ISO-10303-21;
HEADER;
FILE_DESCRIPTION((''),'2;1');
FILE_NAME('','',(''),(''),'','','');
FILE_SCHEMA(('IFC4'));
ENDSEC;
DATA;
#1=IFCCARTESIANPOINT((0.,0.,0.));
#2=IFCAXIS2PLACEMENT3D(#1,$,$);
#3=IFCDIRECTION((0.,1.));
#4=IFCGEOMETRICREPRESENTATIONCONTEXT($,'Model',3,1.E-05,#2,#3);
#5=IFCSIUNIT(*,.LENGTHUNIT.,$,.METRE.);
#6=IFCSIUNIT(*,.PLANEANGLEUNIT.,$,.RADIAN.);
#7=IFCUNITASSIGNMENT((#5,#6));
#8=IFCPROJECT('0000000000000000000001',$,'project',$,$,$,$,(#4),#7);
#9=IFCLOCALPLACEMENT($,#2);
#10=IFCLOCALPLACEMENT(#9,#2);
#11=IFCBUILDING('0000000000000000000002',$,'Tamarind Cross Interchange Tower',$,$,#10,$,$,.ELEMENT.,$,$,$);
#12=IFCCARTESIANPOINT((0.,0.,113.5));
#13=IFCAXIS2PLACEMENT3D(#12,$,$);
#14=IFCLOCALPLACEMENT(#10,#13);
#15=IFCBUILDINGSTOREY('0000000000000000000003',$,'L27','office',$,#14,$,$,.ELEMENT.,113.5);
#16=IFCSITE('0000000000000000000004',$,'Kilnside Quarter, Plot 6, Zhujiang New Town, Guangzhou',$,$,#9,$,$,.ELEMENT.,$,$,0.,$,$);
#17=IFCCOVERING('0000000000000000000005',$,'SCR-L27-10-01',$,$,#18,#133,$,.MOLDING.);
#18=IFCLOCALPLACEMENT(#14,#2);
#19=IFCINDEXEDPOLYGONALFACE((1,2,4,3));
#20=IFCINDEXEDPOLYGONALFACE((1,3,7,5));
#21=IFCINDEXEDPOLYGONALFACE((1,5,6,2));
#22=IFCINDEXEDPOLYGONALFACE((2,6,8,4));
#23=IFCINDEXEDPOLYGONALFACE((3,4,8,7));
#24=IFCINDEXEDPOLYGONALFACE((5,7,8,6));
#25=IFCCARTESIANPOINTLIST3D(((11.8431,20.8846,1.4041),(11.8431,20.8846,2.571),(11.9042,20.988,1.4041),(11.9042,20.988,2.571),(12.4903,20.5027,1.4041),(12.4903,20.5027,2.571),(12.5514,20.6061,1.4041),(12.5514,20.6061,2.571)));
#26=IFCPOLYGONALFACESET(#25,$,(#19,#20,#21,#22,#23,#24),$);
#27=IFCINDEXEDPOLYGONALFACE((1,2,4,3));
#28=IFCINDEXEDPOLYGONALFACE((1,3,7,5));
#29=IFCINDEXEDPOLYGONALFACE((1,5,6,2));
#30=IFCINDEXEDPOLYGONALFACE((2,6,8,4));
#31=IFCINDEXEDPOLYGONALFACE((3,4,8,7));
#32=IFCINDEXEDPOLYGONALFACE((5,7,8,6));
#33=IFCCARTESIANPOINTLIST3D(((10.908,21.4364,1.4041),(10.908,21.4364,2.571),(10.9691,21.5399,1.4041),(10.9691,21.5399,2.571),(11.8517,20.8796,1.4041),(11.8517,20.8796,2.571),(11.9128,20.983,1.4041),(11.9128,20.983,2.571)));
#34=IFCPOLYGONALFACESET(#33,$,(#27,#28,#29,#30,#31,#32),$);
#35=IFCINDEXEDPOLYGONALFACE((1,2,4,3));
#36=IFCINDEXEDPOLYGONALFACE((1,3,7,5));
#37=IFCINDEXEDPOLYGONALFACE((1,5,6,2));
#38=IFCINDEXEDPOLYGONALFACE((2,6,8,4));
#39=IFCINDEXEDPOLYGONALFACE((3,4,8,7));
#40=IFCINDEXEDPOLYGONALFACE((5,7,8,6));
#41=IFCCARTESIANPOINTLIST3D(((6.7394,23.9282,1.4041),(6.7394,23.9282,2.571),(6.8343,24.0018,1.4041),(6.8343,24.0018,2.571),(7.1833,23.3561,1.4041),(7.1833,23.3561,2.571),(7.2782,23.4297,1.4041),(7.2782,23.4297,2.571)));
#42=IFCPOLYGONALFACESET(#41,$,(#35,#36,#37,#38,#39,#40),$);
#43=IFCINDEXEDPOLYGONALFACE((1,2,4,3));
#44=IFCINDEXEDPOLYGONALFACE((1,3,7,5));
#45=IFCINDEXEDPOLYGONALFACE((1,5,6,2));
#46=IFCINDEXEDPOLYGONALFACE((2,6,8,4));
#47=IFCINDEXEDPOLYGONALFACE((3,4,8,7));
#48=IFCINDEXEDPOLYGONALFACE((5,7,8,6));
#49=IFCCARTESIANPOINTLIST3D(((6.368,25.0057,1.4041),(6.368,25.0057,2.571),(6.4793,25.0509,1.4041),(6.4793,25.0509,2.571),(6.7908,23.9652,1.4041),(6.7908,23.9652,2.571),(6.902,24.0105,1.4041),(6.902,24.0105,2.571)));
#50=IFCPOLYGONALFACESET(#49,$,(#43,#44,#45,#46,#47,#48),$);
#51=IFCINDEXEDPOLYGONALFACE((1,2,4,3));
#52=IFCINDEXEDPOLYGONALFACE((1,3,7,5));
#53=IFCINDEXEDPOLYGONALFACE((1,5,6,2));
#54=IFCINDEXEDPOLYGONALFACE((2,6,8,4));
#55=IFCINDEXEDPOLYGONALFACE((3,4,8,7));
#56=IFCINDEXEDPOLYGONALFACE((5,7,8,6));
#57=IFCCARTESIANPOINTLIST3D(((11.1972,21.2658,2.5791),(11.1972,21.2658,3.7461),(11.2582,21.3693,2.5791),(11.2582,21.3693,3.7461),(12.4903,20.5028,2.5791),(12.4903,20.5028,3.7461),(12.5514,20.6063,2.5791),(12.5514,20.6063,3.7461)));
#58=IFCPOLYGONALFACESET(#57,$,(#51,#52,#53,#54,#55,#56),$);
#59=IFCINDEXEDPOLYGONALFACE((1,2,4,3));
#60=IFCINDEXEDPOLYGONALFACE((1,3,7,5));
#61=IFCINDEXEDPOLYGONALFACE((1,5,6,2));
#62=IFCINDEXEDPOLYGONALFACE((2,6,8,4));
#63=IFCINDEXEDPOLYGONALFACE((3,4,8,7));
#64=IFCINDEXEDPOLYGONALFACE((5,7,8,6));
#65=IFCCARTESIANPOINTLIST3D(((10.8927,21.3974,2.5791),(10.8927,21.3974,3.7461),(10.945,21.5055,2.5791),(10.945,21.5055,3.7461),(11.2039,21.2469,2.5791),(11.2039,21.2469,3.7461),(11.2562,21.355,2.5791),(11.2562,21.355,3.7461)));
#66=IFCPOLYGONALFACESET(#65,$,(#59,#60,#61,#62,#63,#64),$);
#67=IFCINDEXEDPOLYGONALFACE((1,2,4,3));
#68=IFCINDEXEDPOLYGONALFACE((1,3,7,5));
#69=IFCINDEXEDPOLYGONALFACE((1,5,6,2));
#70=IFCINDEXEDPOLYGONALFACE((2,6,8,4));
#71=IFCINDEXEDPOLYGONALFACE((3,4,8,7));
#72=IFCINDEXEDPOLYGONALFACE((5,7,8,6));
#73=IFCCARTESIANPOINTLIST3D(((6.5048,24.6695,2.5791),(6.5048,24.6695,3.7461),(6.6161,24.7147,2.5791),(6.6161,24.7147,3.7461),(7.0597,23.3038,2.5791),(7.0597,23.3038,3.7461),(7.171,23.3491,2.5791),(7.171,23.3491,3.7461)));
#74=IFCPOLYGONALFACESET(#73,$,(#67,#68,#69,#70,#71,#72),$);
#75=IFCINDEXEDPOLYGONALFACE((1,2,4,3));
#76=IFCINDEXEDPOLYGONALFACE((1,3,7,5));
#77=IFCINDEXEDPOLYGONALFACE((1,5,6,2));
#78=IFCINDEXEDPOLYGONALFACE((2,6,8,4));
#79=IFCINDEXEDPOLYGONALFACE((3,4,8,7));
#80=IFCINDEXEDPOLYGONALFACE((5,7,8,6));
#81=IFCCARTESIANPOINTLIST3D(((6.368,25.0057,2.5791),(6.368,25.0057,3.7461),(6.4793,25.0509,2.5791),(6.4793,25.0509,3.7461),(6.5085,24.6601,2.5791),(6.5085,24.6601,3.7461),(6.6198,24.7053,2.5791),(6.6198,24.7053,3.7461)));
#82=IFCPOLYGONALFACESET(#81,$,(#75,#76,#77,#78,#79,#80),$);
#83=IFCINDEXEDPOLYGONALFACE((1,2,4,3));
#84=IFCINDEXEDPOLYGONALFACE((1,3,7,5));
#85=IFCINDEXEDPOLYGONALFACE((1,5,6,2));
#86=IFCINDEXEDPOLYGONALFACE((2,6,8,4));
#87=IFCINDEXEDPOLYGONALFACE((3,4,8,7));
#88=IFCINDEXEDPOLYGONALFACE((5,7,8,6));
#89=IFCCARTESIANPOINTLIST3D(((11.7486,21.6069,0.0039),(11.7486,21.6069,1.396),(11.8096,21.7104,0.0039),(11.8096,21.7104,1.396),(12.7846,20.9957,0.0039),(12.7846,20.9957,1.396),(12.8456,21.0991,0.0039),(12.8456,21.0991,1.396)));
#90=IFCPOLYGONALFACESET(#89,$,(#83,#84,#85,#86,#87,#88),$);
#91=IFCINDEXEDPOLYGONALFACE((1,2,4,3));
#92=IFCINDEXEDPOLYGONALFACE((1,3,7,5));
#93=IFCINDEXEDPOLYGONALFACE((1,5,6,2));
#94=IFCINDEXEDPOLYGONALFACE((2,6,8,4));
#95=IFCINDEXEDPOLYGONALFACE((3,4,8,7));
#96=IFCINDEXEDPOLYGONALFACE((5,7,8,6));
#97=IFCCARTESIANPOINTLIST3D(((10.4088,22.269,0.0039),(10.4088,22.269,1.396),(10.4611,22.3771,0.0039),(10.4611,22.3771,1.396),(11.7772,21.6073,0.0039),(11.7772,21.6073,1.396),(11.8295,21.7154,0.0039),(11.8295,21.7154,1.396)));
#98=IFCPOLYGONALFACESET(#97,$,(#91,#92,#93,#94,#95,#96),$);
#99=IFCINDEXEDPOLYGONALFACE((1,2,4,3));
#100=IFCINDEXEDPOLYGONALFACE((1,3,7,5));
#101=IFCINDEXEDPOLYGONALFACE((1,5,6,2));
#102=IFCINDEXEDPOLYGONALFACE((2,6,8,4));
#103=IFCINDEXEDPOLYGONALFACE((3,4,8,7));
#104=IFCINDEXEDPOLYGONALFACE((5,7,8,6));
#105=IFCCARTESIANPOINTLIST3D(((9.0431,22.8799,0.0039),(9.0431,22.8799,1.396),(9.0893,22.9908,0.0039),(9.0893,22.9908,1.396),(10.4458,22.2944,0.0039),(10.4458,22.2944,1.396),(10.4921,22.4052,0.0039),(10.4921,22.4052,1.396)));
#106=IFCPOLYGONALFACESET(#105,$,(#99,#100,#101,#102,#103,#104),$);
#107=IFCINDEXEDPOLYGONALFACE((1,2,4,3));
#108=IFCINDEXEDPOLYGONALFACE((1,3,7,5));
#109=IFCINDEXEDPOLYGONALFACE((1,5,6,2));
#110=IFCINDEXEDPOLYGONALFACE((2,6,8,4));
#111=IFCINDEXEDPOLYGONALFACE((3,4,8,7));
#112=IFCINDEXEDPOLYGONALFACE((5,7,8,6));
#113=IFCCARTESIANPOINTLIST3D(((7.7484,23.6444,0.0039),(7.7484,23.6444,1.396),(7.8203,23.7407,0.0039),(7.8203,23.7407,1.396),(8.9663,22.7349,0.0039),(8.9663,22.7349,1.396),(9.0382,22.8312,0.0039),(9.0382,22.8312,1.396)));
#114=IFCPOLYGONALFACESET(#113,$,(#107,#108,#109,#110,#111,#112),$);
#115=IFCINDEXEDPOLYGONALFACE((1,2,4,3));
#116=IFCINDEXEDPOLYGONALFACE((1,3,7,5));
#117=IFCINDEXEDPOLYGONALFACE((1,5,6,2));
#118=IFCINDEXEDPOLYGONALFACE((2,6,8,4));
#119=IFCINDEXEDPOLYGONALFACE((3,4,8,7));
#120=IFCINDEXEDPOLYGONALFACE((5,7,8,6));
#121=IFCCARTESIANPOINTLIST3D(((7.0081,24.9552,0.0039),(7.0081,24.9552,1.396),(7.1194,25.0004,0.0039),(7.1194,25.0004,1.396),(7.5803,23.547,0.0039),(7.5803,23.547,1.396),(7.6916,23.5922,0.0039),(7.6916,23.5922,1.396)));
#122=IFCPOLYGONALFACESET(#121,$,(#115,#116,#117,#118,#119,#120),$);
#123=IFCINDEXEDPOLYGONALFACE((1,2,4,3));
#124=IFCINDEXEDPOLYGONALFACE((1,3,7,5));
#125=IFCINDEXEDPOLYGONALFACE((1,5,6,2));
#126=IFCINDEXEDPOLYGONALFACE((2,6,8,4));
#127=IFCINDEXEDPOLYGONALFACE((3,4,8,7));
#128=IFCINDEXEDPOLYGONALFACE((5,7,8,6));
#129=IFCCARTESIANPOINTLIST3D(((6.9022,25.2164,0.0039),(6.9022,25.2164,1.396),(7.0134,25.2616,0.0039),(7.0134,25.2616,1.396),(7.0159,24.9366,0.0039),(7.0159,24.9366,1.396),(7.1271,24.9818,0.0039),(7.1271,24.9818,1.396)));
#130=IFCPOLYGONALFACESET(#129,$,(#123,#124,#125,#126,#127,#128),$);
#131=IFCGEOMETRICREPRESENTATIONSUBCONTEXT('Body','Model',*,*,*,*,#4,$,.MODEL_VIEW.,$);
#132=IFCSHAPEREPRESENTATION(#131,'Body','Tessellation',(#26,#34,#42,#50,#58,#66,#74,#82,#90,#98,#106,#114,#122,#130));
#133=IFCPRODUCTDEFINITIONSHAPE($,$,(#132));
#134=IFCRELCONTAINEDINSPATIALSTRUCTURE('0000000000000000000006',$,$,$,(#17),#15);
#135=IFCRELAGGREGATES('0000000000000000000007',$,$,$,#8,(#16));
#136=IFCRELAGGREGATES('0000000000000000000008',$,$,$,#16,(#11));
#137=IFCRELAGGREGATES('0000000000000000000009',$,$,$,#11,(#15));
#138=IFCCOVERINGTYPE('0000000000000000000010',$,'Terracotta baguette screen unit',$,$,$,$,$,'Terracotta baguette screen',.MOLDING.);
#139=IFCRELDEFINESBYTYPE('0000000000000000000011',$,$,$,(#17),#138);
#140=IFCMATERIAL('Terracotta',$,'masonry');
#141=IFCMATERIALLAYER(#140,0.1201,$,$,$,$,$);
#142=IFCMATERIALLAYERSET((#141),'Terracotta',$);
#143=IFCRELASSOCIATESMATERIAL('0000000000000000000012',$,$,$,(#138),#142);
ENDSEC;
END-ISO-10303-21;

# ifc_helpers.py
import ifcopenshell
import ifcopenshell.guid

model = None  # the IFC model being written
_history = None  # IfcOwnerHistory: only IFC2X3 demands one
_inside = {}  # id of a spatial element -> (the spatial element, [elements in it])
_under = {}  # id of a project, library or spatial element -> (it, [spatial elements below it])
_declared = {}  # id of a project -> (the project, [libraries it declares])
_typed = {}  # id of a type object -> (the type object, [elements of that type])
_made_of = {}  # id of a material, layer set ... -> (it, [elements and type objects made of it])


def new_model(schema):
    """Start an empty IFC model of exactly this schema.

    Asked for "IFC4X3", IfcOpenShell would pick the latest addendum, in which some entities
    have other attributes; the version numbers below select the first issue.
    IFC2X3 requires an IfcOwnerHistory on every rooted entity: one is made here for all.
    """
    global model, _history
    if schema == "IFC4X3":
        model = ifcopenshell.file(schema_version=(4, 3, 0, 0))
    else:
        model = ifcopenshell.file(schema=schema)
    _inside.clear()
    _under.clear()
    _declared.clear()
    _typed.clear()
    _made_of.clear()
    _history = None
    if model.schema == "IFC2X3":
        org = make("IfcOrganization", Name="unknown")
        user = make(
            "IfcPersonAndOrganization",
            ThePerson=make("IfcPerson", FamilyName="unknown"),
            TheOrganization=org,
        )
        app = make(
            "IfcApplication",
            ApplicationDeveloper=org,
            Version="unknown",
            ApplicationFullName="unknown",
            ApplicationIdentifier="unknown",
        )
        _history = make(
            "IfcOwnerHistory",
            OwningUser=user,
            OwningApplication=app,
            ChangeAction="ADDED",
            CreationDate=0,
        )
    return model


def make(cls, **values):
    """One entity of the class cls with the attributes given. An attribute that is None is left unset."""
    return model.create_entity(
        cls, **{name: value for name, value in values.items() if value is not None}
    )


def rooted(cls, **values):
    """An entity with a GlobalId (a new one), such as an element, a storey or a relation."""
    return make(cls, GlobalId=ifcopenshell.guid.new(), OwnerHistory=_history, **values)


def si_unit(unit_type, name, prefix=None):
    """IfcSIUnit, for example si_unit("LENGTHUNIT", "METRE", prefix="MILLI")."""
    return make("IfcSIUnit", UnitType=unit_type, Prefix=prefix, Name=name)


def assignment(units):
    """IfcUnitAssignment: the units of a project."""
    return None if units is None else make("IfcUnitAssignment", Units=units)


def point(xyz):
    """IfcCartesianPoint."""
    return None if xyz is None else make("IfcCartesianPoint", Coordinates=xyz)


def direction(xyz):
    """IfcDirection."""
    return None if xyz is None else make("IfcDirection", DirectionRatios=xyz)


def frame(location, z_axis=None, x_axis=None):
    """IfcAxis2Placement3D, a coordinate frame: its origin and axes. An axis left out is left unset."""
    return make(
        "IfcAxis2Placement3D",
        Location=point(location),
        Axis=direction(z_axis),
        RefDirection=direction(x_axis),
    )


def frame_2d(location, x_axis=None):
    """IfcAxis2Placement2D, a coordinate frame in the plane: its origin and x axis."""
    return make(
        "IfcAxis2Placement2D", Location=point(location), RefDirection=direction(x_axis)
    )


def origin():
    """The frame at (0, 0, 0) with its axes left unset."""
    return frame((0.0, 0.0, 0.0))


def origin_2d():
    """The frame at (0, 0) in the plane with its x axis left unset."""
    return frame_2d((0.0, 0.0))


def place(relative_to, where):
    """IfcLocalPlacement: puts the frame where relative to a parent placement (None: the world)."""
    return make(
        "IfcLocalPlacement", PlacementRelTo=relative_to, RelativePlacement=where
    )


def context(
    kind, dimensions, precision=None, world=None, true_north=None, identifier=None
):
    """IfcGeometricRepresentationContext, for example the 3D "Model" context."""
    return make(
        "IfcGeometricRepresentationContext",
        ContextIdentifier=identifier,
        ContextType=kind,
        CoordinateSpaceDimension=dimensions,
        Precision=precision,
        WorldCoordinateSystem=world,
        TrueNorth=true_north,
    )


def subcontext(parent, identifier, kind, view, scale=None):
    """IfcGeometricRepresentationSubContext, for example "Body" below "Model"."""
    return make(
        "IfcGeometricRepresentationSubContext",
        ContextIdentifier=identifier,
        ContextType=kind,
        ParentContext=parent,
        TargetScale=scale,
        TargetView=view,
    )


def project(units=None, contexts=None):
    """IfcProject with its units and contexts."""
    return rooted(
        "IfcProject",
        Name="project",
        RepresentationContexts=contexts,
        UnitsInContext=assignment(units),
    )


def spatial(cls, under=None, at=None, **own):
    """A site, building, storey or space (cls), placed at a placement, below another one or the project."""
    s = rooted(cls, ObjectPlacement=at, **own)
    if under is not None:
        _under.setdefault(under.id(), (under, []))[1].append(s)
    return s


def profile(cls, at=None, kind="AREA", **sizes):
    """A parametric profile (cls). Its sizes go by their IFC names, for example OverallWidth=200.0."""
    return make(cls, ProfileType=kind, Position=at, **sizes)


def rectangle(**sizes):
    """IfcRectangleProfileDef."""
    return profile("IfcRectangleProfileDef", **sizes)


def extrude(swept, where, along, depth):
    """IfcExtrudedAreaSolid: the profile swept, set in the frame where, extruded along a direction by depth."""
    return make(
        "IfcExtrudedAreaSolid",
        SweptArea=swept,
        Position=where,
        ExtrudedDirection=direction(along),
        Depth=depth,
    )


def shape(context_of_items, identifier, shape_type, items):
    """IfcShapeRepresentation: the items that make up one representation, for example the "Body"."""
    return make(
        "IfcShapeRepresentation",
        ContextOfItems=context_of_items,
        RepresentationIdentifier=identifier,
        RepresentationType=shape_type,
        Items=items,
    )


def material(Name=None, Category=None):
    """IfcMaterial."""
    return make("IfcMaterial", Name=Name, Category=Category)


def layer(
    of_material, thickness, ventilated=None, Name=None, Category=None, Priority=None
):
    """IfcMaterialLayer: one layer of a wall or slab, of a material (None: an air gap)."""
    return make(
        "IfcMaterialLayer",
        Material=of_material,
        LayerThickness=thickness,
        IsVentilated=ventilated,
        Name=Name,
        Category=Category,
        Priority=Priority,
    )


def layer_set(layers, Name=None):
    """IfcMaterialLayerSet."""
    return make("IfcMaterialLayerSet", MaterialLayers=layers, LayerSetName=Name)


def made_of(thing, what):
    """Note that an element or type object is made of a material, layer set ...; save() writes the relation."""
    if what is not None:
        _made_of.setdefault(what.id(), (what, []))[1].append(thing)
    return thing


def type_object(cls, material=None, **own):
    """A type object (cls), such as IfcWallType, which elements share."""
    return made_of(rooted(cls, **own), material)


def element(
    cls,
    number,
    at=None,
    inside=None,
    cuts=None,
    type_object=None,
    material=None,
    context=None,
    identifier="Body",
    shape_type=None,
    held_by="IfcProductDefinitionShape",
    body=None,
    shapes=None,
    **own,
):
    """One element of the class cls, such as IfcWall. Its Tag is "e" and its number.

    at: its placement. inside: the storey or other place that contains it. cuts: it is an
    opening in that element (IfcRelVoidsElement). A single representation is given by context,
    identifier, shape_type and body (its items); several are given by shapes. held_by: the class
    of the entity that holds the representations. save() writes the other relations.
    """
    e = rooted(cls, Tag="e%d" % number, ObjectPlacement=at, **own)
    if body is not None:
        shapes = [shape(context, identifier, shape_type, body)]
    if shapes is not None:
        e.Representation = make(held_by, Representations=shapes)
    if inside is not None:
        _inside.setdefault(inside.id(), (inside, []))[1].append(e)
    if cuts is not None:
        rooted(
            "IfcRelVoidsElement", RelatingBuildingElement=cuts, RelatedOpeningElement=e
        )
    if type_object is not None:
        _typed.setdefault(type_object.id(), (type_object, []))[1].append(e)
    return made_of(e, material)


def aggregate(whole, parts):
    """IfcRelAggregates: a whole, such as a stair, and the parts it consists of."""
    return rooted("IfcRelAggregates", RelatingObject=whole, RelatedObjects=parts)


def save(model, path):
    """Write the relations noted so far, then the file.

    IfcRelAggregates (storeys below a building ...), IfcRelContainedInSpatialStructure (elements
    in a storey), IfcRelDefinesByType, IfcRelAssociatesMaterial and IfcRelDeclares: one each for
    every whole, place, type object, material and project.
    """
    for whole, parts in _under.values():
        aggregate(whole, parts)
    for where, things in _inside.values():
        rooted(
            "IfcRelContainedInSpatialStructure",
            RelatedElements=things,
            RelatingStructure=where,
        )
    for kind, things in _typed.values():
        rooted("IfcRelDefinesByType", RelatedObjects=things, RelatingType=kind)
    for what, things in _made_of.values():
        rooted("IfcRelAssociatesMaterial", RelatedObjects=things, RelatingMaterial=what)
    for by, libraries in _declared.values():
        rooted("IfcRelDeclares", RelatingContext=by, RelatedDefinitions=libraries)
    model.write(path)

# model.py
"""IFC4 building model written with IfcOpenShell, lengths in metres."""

from ifc_helpers import new_model, si_unit, direction, frame, origin, origin_2d, place, context, subcontext, project, spatial, rectangle, extrude, material, layer, layer_set, type_object, element, save


model = new_model("IFC4")

# Units and contexts
model_context = context("Model", 3, precision=1e-05, world=origin(), true_north=direction((0.0, 1.0)))
body_context = subcontext(model_context, "Body", "Model", "MODEL_VIEW")
ifc_project = project(units=[si_unit("LENGTHUNIT", "METRE"), si_unit("PLANEANGLEUNIT", "RADIAN")], contexts=[model_context])

# Site, building, storey
site_placement = place(None, origin())
site = spatial("IfcSite", under=ifc_project, at=site_placement, Name="Kilnside Quarter, Plot 6, Zhujiang New Town, Guangzhou", CompositionType="ELEMENT", RefElevation=0.0)
building_placement = place(site_placement, origin())
building = spatial("IfcBuilding", under=site, at=building_placement, Name="Tamarind Cross Interchange Tower", CompositionType="ELEMENT")
storey_placement = place(building_placement, frame((0.0, 0.0, 113.5)))
storey = spatial("IfcBuildingStorey", under=building, at=storey_placement, Name="L27", Description="office", CompositionType="ELEMENT", Elevation=113.5)

# Covering
ifc_material_1 = material(Name="Terracotta", Category="masonry")
ifc_layer_1 = layer(ifc_material_1, 0.1201)
ifc_layer_set_1 = layer_set([ifc_layer_1], Name="Terracotta")
covering_type = type_object("IfcCoveringType", Name="Terracotta baguette screen unit", ElementType="Terracotta baguette screen", PredefinedType="MOLDING", material=ifc_layer_set_1)
covering_1_placement = place(storey_placement, origin())
element("IfcCovering", 1, at=covering_1_placement, inside=storey, type_object=covering_type, Name="SCR-L27-10-01", PredefinedType="MOLDING", context=body_context, shape_type="SweptSolid", body=[
    extrude(rectangle(XDim=0.7515, YDim=0.1201, at=origin_2d()), frame((12.1973, 20.7454, 1.4041), z_axis=(0.0, 0.0, 1.0), x_axis=(-0.861249, 0.508183, 0.0)), (0.0, 0.0, 1.0), 1.167),
    extrude(rectangle(XDim=1.0957, YDim=0.1201, at=origin_2d()), frame((11.4104, 21.2097, 1.4041), z_axis=(0.0, 0.0, 1.0), x_axis=(-0.861249, 0.508183, 0.0)), (0.0, 0.0, 1.0), 1.167),
    extrude(rectangle(XDim=0.7241, YDim=0.1201, at=origin_2d()), frame((7.0088, 23.679, 1.4041), z_axis=(0.0, 0.0, 1.0), x_axis=(-0.613079, 0.790021, 0.0)), (0.0, 0.0, 1.0), 1.167),
    extrude(rectangle(XDim=1.123, YDim=0.1201, at=origin_2d()), frame((6.635, 24.5081, 1.4041), z_axis=(0.0, 0.0, 1.0), x_axis=(-0.376468, 0.92643, 0.0)), (0.0, 0.0, 1.0), 1.167),
    extrude(rectangle(XDim=1.5015, YDim=0.1201, at=origin_2d()), frame((11.8743, 20.936, 2.5791), z_axis=(0.0, 0.0, 1.0), x_axis=(-0.861249, 0.508183, 0.0)), (0.0, 0.0, 1.0), 1.167),
    extrude(rectangle(XDim=0.3457, YDim=0.1201, at=origin_2d()), frame((11.0745, 21.3762, 2.5791), z_axis=(0.0, 0.0, 1.0), x_axis=(-0.900273, 0.435326, 0.0)), (0.0, 0.0, 1.0), 1.167),
    extrude(rectangle(XDim=1.4741, YDim=0.1201, at=origin_2d()), frame((6.8379, 24.0093, 2.5791), z_axis=(0.0, 0.0, 1.0), x_axis=(-0.376468, 0.92643, 0.0)), (0.0, 0.0, 1.0), 1.167),
    extrude(rectangle(XDim=0.373, YDim=0.1201, at=origin_2d()), frame((6.4939, 24.8555, 2.5791), z_axis=(0.0, 0.0, 1.0), x_axis=(-0.376468, 0.92643, 0.0)), (0.0, 0.0, 1.0), 1.167),
    extrude(rectangle(XDim=1.2029, YDim=0.1201, at=origin_2d()), frame((12.2971, 21.353, 0.0039), z_axis=(0.0, 0.0, 1.0), x_axis=(-0.861249, 0.508183, 0.0)), (0.0, 0.0, 1.0), 1.3921),
    extrude(rectangle(XDim=1.52, YDim=0.1201, at=origin_2d()), frame((11.1191, 21.9922, 0.0039), z_axis=(0.0, 0.0, 1.0), x_axis=(-0.900273, 0.435326, 0.0)), (0.0, 0.0, 1.0), 1.3921),
    extrude(rectangle(XDim=1.52, YDim=0.1201, at=origin_2d()), frame((9.7676, 22.6426, 0.0039), z_axis=(0.0, 0.0, 1.0), x_axis=(-0.922835, 0.385196, 0.0)), (0.0, 0.0, 1.0), 1.3921),
    extrude(rectangle(XDim=1.52, YDim=0.1201, at=origin_2d()), frame((8.3933, 23.2378, 0.0039), z_axis=(0.0, 0.0, 1.0), x_axis=(-0.801237, 0.598348, 0.0)), (0.0, 0.0, 1.0), 1.3921),
    extrude(rectangle(XDim=1.52, YDim=0.1201, at=origin_2d()), frame((7.3499, 24.2737, 0.0039), z_axis=(0.0, 0.0, 1.0), x_axis=(-0.376468, 0.92643, 0.0)), (0.0, 0.0, 1.0), 1.3921),
    extrude(rectangle(XDim=0.302, YDim=0.1201, at=origin_2d()), frame((7.0146, 25.0991, 0.0039), z_axis=(0.0, 0.0, 1.0), x_axis=(-0.376468, 0.92643, 0.0)), (0.0, 0.0, 1.0), 1.3921),
])

save(model, "model.ifc")
